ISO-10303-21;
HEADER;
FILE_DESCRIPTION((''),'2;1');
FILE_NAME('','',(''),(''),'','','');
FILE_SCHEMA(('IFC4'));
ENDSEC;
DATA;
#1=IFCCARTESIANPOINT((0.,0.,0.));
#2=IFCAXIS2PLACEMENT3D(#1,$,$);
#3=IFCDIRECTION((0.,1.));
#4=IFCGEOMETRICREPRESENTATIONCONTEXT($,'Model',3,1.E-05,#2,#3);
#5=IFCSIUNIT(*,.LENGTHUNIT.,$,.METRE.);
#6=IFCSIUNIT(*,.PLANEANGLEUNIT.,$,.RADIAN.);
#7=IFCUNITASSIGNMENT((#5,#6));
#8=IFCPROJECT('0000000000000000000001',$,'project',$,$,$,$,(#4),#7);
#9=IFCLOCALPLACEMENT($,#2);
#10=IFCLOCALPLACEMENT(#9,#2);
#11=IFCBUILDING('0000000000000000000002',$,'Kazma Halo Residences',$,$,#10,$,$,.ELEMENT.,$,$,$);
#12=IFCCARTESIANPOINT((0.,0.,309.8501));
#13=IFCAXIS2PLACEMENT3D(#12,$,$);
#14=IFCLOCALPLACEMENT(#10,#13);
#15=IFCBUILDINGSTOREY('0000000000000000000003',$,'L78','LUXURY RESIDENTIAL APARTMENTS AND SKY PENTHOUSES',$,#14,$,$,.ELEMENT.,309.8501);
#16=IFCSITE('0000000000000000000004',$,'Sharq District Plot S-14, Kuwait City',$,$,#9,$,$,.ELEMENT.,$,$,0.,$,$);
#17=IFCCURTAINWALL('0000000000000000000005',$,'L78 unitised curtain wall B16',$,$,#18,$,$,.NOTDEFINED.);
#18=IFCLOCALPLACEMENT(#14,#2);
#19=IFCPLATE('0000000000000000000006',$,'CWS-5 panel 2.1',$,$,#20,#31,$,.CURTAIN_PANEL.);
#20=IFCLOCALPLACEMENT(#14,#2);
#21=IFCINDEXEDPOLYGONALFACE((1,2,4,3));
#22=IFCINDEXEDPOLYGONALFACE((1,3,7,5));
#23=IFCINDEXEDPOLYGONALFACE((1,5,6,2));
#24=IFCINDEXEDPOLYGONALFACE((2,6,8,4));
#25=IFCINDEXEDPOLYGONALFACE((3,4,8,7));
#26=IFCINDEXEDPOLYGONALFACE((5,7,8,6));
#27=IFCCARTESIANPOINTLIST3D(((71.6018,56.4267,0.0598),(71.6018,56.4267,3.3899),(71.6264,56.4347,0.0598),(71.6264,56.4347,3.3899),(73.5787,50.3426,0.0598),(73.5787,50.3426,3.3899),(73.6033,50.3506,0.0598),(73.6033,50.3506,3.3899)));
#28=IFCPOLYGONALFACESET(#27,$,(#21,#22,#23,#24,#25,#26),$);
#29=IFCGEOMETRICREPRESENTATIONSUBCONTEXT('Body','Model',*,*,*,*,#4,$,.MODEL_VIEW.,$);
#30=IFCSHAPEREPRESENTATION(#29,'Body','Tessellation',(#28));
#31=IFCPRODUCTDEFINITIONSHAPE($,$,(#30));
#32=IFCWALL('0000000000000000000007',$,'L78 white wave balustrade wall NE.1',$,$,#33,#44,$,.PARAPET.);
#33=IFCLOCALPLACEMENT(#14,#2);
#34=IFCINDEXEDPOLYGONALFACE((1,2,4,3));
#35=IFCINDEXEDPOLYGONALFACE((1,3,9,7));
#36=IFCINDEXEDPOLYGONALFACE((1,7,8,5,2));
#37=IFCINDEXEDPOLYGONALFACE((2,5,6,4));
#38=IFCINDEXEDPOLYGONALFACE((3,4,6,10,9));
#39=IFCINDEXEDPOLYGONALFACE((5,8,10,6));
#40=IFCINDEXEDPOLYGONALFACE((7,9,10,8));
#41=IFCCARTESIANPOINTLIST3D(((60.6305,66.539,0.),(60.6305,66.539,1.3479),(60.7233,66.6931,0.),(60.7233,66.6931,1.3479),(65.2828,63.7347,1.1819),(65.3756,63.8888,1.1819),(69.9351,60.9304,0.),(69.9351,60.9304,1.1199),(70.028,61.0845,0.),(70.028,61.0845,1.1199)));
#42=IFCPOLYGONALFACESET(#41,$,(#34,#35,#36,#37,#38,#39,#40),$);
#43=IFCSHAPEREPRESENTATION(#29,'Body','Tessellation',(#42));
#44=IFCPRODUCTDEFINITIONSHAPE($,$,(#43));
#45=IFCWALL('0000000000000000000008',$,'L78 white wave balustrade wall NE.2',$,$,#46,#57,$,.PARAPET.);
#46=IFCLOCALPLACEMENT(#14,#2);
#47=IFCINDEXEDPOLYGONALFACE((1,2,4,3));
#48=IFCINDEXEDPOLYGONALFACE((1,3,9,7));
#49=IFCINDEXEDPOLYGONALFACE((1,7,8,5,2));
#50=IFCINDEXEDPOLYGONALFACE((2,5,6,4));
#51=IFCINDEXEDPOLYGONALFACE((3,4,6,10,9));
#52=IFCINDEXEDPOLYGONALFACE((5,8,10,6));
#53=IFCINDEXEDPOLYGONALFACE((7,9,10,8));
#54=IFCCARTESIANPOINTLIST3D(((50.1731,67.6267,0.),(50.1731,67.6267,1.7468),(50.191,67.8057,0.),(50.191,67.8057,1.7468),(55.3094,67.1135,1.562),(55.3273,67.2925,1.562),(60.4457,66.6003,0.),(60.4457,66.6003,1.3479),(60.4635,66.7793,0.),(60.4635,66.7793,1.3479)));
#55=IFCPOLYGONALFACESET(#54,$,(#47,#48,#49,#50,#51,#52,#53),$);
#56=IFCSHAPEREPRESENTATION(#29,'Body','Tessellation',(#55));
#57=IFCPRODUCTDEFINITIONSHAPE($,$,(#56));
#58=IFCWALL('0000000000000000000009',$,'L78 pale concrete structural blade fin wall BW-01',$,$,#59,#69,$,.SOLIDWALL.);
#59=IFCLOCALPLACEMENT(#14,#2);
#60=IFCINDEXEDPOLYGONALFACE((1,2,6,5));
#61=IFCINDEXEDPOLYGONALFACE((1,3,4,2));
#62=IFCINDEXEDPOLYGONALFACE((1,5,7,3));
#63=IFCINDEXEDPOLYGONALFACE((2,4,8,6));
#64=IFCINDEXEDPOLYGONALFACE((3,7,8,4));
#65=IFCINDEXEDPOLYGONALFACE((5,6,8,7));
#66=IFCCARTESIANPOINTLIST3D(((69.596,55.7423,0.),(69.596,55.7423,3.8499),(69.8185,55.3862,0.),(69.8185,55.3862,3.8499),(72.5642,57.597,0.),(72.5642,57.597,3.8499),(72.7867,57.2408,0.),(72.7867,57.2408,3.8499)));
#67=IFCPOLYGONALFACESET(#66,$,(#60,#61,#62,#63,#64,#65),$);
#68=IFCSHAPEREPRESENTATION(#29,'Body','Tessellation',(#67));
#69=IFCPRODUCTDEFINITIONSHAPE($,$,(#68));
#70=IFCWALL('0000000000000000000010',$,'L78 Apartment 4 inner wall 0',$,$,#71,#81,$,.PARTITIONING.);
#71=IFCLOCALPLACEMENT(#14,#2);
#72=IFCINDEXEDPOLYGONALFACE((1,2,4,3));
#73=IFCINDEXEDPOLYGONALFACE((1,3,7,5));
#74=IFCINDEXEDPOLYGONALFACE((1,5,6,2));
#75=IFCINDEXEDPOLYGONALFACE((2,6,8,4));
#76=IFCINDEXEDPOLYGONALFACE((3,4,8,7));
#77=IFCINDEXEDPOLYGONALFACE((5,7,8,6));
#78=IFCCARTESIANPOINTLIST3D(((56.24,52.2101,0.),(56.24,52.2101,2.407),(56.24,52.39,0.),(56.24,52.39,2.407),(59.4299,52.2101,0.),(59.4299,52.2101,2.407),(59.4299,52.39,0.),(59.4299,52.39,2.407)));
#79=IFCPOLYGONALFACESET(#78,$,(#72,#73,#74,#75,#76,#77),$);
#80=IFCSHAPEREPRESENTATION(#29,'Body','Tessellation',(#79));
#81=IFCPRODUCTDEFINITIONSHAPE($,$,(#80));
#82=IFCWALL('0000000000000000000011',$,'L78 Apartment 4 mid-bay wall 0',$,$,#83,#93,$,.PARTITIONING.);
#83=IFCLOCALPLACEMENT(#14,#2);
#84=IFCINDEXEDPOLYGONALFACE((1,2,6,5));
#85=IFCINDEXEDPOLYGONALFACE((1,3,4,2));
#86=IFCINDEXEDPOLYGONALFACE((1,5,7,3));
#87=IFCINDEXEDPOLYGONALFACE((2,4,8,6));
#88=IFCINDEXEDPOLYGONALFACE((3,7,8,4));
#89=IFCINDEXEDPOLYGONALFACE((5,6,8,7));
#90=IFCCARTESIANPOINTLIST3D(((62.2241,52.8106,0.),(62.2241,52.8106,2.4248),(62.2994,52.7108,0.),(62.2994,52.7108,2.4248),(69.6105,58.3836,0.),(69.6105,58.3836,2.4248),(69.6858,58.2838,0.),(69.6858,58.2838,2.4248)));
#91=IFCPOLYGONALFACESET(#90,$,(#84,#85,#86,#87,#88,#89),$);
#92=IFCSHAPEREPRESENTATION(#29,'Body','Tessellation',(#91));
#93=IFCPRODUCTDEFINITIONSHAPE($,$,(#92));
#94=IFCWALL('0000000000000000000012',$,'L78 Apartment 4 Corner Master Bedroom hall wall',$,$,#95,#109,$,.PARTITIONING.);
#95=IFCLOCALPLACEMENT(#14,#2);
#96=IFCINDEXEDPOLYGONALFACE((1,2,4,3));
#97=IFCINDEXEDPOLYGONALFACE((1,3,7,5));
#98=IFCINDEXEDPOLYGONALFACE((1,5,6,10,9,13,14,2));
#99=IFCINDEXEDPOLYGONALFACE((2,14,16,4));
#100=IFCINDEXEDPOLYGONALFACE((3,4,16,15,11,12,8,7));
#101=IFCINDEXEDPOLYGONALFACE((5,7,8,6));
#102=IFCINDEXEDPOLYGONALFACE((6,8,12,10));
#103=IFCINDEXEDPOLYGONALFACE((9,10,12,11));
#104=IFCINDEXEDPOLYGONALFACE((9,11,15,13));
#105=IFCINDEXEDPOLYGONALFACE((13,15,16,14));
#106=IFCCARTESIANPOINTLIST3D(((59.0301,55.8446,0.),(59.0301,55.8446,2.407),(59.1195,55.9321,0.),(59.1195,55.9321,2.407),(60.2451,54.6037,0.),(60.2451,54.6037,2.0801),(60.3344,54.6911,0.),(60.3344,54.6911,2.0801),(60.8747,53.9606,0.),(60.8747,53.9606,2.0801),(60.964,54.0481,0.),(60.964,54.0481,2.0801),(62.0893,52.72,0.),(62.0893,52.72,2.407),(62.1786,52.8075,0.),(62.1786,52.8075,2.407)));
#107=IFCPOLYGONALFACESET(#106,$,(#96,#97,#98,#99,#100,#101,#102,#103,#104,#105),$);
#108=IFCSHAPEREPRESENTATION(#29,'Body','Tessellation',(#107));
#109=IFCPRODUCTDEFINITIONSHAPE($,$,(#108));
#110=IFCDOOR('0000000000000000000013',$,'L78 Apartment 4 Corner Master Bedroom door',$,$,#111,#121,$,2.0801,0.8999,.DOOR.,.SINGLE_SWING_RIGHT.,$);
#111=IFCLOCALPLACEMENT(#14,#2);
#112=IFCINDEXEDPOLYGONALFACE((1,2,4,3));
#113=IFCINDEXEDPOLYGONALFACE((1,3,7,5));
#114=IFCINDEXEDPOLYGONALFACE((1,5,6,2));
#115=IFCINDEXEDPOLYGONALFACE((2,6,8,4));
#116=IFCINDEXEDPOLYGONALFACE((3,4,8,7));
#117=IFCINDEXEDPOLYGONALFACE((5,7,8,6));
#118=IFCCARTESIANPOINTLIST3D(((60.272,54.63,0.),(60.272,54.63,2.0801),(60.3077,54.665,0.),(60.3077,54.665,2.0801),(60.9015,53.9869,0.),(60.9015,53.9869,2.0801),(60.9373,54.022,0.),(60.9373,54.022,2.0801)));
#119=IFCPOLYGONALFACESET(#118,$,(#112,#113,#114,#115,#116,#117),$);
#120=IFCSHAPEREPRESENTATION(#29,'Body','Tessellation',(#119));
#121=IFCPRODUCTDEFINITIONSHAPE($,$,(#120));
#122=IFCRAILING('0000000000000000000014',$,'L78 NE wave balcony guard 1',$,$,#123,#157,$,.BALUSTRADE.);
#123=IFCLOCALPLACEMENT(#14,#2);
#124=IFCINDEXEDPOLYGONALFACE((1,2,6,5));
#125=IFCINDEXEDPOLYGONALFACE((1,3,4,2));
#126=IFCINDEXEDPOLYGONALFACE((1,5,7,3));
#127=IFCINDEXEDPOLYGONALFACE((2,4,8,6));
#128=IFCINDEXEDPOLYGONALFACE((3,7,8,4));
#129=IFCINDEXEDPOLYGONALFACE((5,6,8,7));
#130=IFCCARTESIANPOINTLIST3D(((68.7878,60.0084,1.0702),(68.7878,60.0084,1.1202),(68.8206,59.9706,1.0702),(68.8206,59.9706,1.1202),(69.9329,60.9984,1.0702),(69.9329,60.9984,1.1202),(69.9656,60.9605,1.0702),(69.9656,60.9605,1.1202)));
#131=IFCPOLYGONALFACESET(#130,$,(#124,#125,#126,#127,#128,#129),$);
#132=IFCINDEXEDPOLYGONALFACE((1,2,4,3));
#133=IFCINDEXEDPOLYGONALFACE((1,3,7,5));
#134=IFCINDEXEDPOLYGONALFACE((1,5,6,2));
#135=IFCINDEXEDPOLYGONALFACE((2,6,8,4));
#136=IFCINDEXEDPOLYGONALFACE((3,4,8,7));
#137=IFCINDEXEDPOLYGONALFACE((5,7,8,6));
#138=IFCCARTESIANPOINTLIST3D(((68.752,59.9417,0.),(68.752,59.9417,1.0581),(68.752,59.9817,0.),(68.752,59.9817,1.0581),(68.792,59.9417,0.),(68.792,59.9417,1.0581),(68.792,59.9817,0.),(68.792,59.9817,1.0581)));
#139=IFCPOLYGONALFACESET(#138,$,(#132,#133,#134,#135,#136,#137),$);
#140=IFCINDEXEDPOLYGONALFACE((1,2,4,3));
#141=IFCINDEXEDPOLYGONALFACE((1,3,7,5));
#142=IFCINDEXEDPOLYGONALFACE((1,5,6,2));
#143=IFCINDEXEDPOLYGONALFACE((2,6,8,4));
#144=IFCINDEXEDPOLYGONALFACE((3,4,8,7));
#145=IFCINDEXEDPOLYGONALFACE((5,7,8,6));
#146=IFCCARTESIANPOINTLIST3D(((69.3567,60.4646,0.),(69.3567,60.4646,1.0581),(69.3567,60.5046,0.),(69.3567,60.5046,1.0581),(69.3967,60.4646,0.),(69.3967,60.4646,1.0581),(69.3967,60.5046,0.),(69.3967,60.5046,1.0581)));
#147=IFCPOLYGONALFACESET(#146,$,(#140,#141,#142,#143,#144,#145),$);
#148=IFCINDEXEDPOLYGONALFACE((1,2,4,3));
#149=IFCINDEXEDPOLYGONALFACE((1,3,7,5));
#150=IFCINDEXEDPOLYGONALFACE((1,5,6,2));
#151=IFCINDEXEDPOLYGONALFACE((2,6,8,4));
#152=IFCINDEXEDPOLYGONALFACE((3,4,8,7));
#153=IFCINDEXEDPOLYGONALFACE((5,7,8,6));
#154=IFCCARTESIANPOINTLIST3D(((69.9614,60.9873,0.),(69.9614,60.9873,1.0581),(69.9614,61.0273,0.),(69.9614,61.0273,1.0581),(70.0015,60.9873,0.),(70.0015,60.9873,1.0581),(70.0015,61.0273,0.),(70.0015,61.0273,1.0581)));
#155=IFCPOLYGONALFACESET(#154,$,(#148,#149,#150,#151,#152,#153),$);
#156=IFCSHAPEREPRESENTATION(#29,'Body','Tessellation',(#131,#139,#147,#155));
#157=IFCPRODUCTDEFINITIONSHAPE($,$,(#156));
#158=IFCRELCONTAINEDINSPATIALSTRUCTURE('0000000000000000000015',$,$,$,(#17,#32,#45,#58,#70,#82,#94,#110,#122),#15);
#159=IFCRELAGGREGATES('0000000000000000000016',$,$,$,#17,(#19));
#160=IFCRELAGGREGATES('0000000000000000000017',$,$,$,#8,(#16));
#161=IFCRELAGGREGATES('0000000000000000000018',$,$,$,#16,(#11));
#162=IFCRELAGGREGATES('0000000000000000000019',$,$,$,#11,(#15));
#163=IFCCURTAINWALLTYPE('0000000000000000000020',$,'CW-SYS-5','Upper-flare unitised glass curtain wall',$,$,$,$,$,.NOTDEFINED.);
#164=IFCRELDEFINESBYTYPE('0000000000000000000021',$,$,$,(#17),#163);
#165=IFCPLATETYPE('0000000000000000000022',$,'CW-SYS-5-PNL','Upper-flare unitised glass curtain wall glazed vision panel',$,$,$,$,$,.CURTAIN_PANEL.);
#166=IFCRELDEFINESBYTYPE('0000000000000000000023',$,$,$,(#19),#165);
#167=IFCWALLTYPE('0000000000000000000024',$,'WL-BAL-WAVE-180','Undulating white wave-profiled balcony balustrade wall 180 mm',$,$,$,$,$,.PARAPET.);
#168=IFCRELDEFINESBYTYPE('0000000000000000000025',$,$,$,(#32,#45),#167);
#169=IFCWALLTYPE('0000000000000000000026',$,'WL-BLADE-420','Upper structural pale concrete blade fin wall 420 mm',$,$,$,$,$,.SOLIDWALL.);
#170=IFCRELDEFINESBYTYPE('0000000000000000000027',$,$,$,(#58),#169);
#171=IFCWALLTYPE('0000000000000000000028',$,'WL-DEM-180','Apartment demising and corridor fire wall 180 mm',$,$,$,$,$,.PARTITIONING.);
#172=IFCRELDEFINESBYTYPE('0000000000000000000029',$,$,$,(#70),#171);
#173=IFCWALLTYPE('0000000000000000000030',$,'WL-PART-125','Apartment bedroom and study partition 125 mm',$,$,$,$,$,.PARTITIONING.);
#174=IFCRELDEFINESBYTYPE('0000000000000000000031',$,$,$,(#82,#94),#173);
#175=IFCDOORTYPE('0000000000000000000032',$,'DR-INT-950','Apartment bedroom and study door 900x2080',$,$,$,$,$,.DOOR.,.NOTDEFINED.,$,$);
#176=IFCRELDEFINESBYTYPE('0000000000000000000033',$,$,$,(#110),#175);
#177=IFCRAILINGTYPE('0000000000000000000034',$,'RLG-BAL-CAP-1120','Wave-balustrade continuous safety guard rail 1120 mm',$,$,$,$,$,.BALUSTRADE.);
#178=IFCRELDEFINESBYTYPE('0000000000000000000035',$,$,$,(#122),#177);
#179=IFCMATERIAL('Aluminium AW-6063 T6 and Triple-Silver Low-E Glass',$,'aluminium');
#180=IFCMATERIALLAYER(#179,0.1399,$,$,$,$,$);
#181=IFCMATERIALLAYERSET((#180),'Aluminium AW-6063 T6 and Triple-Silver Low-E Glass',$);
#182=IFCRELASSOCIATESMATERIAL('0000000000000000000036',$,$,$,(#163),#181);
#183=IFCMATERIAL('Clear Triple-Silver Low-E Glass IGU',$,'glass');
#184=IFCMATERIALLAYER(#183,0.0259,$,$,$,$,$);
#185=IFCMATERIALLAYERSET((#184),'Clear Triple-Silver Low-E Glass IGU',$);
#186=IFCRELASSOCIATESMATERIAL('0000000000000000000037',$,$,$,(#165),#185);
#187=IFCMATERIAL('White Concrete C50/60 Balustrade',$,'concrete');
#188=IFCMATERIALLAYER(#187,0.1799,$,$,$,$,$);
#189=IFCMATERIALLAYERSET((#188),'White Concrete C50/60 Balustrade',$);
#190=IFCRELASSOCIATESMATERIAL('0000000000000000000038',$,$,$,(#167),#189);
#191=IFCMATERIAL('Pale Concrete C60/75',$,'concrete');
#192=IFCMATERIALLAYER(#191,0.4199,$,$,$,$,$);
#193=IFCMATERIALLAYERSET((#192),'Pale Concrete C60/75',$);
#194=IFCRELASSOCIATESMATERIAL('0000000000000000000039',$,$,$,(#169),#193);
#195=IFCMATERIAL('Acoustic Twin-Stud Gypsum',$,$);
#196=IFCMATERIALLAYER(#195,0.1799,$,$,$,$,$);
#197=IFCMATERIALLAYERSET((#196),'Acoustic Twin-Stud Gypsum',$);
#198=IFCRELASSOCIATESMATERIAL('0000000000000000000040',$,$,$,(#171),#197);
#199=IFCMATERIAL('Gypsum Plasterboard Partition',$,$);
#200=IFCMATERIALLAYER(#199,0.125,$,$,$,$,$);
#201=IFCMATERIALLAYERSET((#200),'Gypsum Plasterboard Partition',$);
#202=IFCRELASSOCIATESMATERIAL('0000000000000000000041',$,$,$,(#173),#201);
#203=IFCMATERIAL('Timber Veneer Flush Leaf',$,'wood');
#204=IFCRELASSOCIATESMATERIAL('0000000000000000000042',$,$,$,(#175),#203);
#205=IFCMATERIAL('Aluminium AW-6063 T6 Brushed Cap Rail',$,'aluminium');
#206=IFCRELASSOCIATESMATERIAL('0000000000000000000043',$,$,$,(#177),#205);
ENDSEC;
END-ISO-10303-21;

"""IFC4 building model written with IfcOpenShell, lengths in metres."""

from ifc_helpers import new_model, si_unit, direction, frame, frame_2d, origin, origin_2d, place, context, subcontext, project, spatial, polyline, rectangle, outline, extrude, material, layer, layer_set, type_object, element, fill, aggregate, save


model = new_model("IFC4")

# Units and contexts
model_context = context("Model", 3, precision=1e-05, world=origin(), true_north=direction((0.0, 1.0)))
body_context = subcontext(model_context, "Body", "Model", "MODEL_VIEW")
ifc_project = project(units=[si_unit("LENGTHUNIT", "METRE"), si_unit("PLANEANGLEUNIT", "RADIAN")], contexts=[model_context])

# Site, building, storey
site_placement = place(None, origin())
site = spatial("IfcSite", under=ifc_project, at=site_placement, Name="Sharq District Plot S-14, Kuwait City", CompositionType="ELEMENT", RefElevation=0.0)
building_placement = place(site_placement, origin())
building = spatial("IfcBuilding", under=site, at=building_placement, Name="Kazma Halo Residences", CompositionType="ELEMENT")
storey_placement = place(building_placement, frame((0.0, 0.0, 309.8501)))
storey = spatial("IfcBuildingStorey", under=building, at=storey_placement, Name="L78", Description="LUXURY RESIDENTIAL APARTMENTS AND SKY PENTHOUSES", CompositionType="ELEMENT", Elevation=309.8501)

# Shared definitions
ifc_material_1 = material(Name="Aluminium AW-6063 T6 and Triple-Silver Low-E Glass", Category="aluminium")
ifc_layer_1 = layer(ifc_material_1, 0.1399)
ifc_layer_set_1 = layer_set([ifc_layer_1], Name="Aluminium AW-6063 T6 and Triple-Silver Low-E Glass")
curtain_wall_type = type_object("IfcCurtainWallType", Name="CW-SYS-5", Description="Upper-flare unitised glass curtain wall", PredefinedType="NOTDEFINED", material=ifc_layer_set_1)

# Curtain wall
curtain_wall_1_placement = place(storey_placement, origin())
curtain_wall_1 = element("IfcCurtainWall", 1, at=curtain_wall_1_placement, inside=storey, type_object=curtain_wall_type, Name="L78 unitised curtain wall B16", PredefinedType="NOTDEFINED")

# Plate
ifc_material_2 = material(Name="Clear Triple-Silver Low-E Glass IGU", Category="glass")
ifc_layer_2 = layer(ifc_material_2, 0.0259)
ifc_layer_set_2 = layer_set([ifc_layer_2], Name="Clear Triple-Silver Low-E Glass IGU")
plate_type = type_object("IfcPlateType", Name="CW-SYS-5-PNL", Description="Upper-flare unitised glass curtain wall glazed vision panel", PredefinedType="CURTAIN_PANEL", material=ifc_layer_set_2)
plate_1_placement = place(storey_placement, frame((72.6025, 53.3887, 0.0598), z_axis=(0.0, 0.0, 1.0), x_axis=(-0.309016, 0.951057, 0.0)))
plate_1 = element("IfcPlate", 2, at=plate_1_placement, type_object=plate_type, Name="CWS-5 panel 2.1", PredefinedType="CURTAIN_PANEL", context=body_context, shape_type="SweptSolid", body=[
    extrude(rectangle(XDim=6.3972, YDim=0.0259, at=origin_2d()), origin(), (0.0, 0.0, 1.0), 3.3301),
])
aggregate(curtain_wall_1, [plate_1])

# Walls
ifc_material_3 = material(Name="White Concrete C50/60 Balustrade", Category="concrete")
ifc_layer_3 = layer(ifc_material_3, 0.1799)
ifc_layer_set_3 = layer_set([ifc_layer_3], Name="White Concrete C50/60 Balustrade")
wall_type_1 = type_object("IfcWallType", Name="WL-BAL-WAVE-180", Description="Undulating white wave-profiled balcony balustrade wall 180 mm", PredefinedType="PARAPET", material=ifc_layer_set_3)
wall_1_placement = place(storey_placement, frame((69.9814, 61.0073, 0.0), z_axis=(0.0, 0.0, 1.0), x_axis=(-0.856442, 0.516243, 0.0)))
element("IfcWall", 3, at=wall_1_placement, inside=storey, type_object=wall_type_1, Name="L78 white wave balustrade wall NE.1", PredefinedType="PARAPET", context=body_context, shape_type="SweptSolid", body=[
    extrude(outline(polyline([(0.0, 0.0), (10.8643, 0.0), (10.8643, 1.3479), (5.4321, 1.1819), (0.0, 1.1199), (0.0, 0.0)])), frame((0.0, 0.0898, 0.0), z_axis=(0.0, -1.0, 0.0), x_axis=(1.0, 0.0, 0.0)), (0.0, 0.0, 1.0), 0.1799),
])
wall_2_placement = place(storey_placement, frame((60.4546, 66.6897, 0.0), z_axis=(0.0, 0.0, 1.0), x_axis=(-0.995046, 0.099417, 0.0)))
element("IfcWall", 4, at=wall_2_placement, inside=storey, type_object=wall_type_1, Name="L78 white wave balustrade wall NE.2", PredefinedType="PARAPET", context=body_context, shape_type="SweptSolid", body=[
    extrude(outline(polyline([(0.0, 0.0), (10.3237, 0.0), (10.3237, 1.7468), (5.1619, 1.562), (0.0, 1.3479), (0.0, 0.0)])), frame((0.0, 0.0898, 0.0), z_axis=(0.0, -1.0, 0.0), x_axis=(1.0, 0.0, 0.0)), (0.0, 0.0, 1.0), 0.1799),
])
ifc_material_4 = material(Name="Pale Concrete C60/75", Category="concrete")
ifc_layer_4 = layer(ifc_material_4, 0.4199)
ifc_layer_set_4 = layer_set([ifc_layer_4], Name="Pale Concrete C60/75")
wall_type_2 = type_object("IfcWallType", Name="WL-BLADE-420", Description="Upper structural pale concrete blade fin wall 420 mm", PredefinedType="SOLIDWALL", material=ifc_layer_set_4)
wall_3_placement = place(storey_placement, frame((69.7073, 55.5642, 0.0), z_axis=(0.0, 0.0, 1.0), x_axis=(0.848053, 0.529911, 0.0)))
element("IfcWall", 5, at=wall_3_placement, inside=storey, type_object=wall_type_2, Name="L78 pale concrete structural blade fin wall BW-01", PredefinedType="SOLIDWALL", context=body_context, shape_type="SweptSolid", body=[
    extrude(rectangle(XDim=3.5, YDim=0.4199, at=frame_2d((1.75, 0.0))), origin(), (0.0, 0.0, 1.0), 3.8499),
])
ifc_material_5 = material(Name="Acoustic Twin-Stud Gypsum")
ifc_layer_5 = layer(ifc_material_5, 0.1799)
ifc_layer_set_5 = layer_set([ifc_layer_5], Name="Acoustic Twin-Stud Gypsum")
wall_type_3 = type_object("IfcWallType", Name="WL-DEM-180", Description="Apartment demising and corridor fire wall 180 mm", PredefinedType="PARTITIONING", material=ifc_layer_set_5)
wall_4_placement = place(storey_placement, frame((59.4299, 52.3, 0.0), z_axis=(0.0, 0.0, 1.0), x_axis=(-1.0, 0.0, 0.0)))
element("IfcWall", 6, at=wall_4_placement, inside=storey, type_object=wall_type_3, Name="L78 Apartment 4 inner wall 0", PredefinedType="PARTITIONING", context=body_context, shape_type="SweptSolid", body=[
    extrude(rectangle(XDim=3.1899, YDim=0.1799, at=frame_2d((1.595, 0.0))), origin(), (0.0, 0.0, 1.0), 2.407),
])

# Wall
ifc_material_6 = material(Name="Gypsum Plasterboard Partition")
ifc_layer_6 = layer(ifc_material_6, 0.125)
ifc_layer_set_6 = layer_set([ifc_layer_6], Name="Gypsum Plasterboard Partition")
wall_type_4 = type_object("IfcWallType", Name="WL-PART-125", Description="Apartment bedroom and study partition 125 mm", PredefinedType="PARTITIONING", material=ifc_layer_set_6)
wall_5_placement = place(storey_placement, frame((62.2617, 52.7607, 0.0), z_axis=(0.0, 0.0, 1.0), x_axis=(0.798277, 0.60229, 0.0)))
element("IfcWall", 7, at=wall_5_placement, inside=storey, type_object=wall_type_4, Name="L78 Apartment 4 mid-bay wall 0", PredefinedType="PARTITIONING", context=body_context, shape_type="SweptSolid", body=[
    extrude(rectangle(XDim=9.2529, YDim=0.125, at=frame_2d((4.6265, 0.0))), origin(), (0.0, 0.0, 1.0), 2.4248),
])

# Wall, opening, door
wall_6_placement = place(storey_placement, frame((62.134, 52.7637, 0.0), z_axis=(0.0, 0.0, 1.0), x_axis=(-0.699586, 0.714549, 0.0)))
wall_6 = element("IfcWall", 8, at=wall_6_placement, inside=storey, type_object=wall_type_4, Name="L78 Apartment 4 Corner Master Bedroom hall wall", PredefinedType="PARTITIONING", context=body_context, shape_type="SweptSolid", body=[
    extrude(rectangle(XDim=4.3728, YDim=0.125, at=frame_2d((2.1865, 0.0))), origin(), (0.0, 0.0, 1.0), 2.407),
])
opening_1_placement = place(wall_6_placement, frame((1.7363, 0.0, 0.0)))
opening_1 = element("IfcOpeningElement", 9, at=opening_1_placement, cuts=wall_6, PredefinedType="OPENING", context=body_context, shape_type="SweptSolid", body=[
    extrude(rectangle(XDim=0.8999, YDim=2.0801, at=frame_2d((0.45, 1.04))), frame((0.0, 0.0725, 0.0), z_axis=(0.0, -1.0, 0.0), x_axis=(1.0, 0.0, 0.0)), (0.0, 0.0, 1.0), 0.145),
])
ifc_material_7 = material(Name="Timber Veneer Flush Leaf", Category="wood")
door_type_1 = type_object("IfcDoorType", Name="DR-INT-950", Description="Apartment bedroom and study door 900x2080", OperationType="NOTDEFINED", PredefinedType="DOOR", material=ifc_material_7)
door_1_placement = place(opening_1_placement, origin())
door_1 = element("IfcDoor", 10, at=door_1_placement, inside=storey, type_object=door_type_1, Name="L78 Apartment 4 Corner Master Bedroom door", OperationType="SINGLE_SWING_RIGHT", OverallHeight=2.0801, OverallWidth=0.8999, PredefinedType="DOOR", context=body_context, shape_type="SweptSolid", body=[
    extrude(rectangle(XDim=0.8999, YDim=2.0801, at=frame_2d((0.45, 1.04))), frame((0.0, 0.0249, 0.0), z_axis=(0.0, -1.0, 0.0), x_axis=(1.0, 0.0, 0.0)), (0.0, 0.0, 1.0), 0.05),
])
fill(opening_1, door_1)

# Railing
ifc_material_8 = material(Name="Aluminium AW-6063 T6 Brushed Cap Rail", Category="aluminium")
railing_type = type_object("IfcRailingType", Name="RLG-BAL-CAP-1120", Description="Wave-balustrade continuous safety guard rail 1120 mm", PredefinedType="BALUSTRADE", material=ifc_material_8)
railing_1_placement = place(storey_placement, frame((68.772, 59.9617, 0.0)))
element("IfcRailing", 11, at=railing_1_placement, inside=storey, type_object=railing_type, Name="L78 NE wave balcony guard 1", PredefinedType="BALUSTRADE", context=body_context, shape_type="SweptSolid", body=[
    extrude(rectangle(XDim=0.05, YDim=0.05, at=origin_2d()), frame((0.0322, 0.0278, 1.0952), z_axis=(0.75648, 0.654017, 0.0), x_axis=(-0.654017, 0.75648, 0.0)), (0.0, 0.0, 1.0), 1.5137),
    extrude(rectangle(XDim=0.04, YDim=0.04, at=origin_2d()), origin(), (0.0, 0.0, 1.0), 1.0581),
    extrude(rectangle(XDim=0.04, YDim=0.04, at=origin_2d()), frame((0.6047, 0.5229, 0.0)), (0.0, 0.0, 1.0), 1.0581),
    extrude(rectangle(XDim=0.04, YDim=0.04, at=origin_2d()), frame((1.2095, 1.0457, 0.0)), (0.0, 0.0, 1.0), 1.0581),
])

save(model, "model.ifc")
